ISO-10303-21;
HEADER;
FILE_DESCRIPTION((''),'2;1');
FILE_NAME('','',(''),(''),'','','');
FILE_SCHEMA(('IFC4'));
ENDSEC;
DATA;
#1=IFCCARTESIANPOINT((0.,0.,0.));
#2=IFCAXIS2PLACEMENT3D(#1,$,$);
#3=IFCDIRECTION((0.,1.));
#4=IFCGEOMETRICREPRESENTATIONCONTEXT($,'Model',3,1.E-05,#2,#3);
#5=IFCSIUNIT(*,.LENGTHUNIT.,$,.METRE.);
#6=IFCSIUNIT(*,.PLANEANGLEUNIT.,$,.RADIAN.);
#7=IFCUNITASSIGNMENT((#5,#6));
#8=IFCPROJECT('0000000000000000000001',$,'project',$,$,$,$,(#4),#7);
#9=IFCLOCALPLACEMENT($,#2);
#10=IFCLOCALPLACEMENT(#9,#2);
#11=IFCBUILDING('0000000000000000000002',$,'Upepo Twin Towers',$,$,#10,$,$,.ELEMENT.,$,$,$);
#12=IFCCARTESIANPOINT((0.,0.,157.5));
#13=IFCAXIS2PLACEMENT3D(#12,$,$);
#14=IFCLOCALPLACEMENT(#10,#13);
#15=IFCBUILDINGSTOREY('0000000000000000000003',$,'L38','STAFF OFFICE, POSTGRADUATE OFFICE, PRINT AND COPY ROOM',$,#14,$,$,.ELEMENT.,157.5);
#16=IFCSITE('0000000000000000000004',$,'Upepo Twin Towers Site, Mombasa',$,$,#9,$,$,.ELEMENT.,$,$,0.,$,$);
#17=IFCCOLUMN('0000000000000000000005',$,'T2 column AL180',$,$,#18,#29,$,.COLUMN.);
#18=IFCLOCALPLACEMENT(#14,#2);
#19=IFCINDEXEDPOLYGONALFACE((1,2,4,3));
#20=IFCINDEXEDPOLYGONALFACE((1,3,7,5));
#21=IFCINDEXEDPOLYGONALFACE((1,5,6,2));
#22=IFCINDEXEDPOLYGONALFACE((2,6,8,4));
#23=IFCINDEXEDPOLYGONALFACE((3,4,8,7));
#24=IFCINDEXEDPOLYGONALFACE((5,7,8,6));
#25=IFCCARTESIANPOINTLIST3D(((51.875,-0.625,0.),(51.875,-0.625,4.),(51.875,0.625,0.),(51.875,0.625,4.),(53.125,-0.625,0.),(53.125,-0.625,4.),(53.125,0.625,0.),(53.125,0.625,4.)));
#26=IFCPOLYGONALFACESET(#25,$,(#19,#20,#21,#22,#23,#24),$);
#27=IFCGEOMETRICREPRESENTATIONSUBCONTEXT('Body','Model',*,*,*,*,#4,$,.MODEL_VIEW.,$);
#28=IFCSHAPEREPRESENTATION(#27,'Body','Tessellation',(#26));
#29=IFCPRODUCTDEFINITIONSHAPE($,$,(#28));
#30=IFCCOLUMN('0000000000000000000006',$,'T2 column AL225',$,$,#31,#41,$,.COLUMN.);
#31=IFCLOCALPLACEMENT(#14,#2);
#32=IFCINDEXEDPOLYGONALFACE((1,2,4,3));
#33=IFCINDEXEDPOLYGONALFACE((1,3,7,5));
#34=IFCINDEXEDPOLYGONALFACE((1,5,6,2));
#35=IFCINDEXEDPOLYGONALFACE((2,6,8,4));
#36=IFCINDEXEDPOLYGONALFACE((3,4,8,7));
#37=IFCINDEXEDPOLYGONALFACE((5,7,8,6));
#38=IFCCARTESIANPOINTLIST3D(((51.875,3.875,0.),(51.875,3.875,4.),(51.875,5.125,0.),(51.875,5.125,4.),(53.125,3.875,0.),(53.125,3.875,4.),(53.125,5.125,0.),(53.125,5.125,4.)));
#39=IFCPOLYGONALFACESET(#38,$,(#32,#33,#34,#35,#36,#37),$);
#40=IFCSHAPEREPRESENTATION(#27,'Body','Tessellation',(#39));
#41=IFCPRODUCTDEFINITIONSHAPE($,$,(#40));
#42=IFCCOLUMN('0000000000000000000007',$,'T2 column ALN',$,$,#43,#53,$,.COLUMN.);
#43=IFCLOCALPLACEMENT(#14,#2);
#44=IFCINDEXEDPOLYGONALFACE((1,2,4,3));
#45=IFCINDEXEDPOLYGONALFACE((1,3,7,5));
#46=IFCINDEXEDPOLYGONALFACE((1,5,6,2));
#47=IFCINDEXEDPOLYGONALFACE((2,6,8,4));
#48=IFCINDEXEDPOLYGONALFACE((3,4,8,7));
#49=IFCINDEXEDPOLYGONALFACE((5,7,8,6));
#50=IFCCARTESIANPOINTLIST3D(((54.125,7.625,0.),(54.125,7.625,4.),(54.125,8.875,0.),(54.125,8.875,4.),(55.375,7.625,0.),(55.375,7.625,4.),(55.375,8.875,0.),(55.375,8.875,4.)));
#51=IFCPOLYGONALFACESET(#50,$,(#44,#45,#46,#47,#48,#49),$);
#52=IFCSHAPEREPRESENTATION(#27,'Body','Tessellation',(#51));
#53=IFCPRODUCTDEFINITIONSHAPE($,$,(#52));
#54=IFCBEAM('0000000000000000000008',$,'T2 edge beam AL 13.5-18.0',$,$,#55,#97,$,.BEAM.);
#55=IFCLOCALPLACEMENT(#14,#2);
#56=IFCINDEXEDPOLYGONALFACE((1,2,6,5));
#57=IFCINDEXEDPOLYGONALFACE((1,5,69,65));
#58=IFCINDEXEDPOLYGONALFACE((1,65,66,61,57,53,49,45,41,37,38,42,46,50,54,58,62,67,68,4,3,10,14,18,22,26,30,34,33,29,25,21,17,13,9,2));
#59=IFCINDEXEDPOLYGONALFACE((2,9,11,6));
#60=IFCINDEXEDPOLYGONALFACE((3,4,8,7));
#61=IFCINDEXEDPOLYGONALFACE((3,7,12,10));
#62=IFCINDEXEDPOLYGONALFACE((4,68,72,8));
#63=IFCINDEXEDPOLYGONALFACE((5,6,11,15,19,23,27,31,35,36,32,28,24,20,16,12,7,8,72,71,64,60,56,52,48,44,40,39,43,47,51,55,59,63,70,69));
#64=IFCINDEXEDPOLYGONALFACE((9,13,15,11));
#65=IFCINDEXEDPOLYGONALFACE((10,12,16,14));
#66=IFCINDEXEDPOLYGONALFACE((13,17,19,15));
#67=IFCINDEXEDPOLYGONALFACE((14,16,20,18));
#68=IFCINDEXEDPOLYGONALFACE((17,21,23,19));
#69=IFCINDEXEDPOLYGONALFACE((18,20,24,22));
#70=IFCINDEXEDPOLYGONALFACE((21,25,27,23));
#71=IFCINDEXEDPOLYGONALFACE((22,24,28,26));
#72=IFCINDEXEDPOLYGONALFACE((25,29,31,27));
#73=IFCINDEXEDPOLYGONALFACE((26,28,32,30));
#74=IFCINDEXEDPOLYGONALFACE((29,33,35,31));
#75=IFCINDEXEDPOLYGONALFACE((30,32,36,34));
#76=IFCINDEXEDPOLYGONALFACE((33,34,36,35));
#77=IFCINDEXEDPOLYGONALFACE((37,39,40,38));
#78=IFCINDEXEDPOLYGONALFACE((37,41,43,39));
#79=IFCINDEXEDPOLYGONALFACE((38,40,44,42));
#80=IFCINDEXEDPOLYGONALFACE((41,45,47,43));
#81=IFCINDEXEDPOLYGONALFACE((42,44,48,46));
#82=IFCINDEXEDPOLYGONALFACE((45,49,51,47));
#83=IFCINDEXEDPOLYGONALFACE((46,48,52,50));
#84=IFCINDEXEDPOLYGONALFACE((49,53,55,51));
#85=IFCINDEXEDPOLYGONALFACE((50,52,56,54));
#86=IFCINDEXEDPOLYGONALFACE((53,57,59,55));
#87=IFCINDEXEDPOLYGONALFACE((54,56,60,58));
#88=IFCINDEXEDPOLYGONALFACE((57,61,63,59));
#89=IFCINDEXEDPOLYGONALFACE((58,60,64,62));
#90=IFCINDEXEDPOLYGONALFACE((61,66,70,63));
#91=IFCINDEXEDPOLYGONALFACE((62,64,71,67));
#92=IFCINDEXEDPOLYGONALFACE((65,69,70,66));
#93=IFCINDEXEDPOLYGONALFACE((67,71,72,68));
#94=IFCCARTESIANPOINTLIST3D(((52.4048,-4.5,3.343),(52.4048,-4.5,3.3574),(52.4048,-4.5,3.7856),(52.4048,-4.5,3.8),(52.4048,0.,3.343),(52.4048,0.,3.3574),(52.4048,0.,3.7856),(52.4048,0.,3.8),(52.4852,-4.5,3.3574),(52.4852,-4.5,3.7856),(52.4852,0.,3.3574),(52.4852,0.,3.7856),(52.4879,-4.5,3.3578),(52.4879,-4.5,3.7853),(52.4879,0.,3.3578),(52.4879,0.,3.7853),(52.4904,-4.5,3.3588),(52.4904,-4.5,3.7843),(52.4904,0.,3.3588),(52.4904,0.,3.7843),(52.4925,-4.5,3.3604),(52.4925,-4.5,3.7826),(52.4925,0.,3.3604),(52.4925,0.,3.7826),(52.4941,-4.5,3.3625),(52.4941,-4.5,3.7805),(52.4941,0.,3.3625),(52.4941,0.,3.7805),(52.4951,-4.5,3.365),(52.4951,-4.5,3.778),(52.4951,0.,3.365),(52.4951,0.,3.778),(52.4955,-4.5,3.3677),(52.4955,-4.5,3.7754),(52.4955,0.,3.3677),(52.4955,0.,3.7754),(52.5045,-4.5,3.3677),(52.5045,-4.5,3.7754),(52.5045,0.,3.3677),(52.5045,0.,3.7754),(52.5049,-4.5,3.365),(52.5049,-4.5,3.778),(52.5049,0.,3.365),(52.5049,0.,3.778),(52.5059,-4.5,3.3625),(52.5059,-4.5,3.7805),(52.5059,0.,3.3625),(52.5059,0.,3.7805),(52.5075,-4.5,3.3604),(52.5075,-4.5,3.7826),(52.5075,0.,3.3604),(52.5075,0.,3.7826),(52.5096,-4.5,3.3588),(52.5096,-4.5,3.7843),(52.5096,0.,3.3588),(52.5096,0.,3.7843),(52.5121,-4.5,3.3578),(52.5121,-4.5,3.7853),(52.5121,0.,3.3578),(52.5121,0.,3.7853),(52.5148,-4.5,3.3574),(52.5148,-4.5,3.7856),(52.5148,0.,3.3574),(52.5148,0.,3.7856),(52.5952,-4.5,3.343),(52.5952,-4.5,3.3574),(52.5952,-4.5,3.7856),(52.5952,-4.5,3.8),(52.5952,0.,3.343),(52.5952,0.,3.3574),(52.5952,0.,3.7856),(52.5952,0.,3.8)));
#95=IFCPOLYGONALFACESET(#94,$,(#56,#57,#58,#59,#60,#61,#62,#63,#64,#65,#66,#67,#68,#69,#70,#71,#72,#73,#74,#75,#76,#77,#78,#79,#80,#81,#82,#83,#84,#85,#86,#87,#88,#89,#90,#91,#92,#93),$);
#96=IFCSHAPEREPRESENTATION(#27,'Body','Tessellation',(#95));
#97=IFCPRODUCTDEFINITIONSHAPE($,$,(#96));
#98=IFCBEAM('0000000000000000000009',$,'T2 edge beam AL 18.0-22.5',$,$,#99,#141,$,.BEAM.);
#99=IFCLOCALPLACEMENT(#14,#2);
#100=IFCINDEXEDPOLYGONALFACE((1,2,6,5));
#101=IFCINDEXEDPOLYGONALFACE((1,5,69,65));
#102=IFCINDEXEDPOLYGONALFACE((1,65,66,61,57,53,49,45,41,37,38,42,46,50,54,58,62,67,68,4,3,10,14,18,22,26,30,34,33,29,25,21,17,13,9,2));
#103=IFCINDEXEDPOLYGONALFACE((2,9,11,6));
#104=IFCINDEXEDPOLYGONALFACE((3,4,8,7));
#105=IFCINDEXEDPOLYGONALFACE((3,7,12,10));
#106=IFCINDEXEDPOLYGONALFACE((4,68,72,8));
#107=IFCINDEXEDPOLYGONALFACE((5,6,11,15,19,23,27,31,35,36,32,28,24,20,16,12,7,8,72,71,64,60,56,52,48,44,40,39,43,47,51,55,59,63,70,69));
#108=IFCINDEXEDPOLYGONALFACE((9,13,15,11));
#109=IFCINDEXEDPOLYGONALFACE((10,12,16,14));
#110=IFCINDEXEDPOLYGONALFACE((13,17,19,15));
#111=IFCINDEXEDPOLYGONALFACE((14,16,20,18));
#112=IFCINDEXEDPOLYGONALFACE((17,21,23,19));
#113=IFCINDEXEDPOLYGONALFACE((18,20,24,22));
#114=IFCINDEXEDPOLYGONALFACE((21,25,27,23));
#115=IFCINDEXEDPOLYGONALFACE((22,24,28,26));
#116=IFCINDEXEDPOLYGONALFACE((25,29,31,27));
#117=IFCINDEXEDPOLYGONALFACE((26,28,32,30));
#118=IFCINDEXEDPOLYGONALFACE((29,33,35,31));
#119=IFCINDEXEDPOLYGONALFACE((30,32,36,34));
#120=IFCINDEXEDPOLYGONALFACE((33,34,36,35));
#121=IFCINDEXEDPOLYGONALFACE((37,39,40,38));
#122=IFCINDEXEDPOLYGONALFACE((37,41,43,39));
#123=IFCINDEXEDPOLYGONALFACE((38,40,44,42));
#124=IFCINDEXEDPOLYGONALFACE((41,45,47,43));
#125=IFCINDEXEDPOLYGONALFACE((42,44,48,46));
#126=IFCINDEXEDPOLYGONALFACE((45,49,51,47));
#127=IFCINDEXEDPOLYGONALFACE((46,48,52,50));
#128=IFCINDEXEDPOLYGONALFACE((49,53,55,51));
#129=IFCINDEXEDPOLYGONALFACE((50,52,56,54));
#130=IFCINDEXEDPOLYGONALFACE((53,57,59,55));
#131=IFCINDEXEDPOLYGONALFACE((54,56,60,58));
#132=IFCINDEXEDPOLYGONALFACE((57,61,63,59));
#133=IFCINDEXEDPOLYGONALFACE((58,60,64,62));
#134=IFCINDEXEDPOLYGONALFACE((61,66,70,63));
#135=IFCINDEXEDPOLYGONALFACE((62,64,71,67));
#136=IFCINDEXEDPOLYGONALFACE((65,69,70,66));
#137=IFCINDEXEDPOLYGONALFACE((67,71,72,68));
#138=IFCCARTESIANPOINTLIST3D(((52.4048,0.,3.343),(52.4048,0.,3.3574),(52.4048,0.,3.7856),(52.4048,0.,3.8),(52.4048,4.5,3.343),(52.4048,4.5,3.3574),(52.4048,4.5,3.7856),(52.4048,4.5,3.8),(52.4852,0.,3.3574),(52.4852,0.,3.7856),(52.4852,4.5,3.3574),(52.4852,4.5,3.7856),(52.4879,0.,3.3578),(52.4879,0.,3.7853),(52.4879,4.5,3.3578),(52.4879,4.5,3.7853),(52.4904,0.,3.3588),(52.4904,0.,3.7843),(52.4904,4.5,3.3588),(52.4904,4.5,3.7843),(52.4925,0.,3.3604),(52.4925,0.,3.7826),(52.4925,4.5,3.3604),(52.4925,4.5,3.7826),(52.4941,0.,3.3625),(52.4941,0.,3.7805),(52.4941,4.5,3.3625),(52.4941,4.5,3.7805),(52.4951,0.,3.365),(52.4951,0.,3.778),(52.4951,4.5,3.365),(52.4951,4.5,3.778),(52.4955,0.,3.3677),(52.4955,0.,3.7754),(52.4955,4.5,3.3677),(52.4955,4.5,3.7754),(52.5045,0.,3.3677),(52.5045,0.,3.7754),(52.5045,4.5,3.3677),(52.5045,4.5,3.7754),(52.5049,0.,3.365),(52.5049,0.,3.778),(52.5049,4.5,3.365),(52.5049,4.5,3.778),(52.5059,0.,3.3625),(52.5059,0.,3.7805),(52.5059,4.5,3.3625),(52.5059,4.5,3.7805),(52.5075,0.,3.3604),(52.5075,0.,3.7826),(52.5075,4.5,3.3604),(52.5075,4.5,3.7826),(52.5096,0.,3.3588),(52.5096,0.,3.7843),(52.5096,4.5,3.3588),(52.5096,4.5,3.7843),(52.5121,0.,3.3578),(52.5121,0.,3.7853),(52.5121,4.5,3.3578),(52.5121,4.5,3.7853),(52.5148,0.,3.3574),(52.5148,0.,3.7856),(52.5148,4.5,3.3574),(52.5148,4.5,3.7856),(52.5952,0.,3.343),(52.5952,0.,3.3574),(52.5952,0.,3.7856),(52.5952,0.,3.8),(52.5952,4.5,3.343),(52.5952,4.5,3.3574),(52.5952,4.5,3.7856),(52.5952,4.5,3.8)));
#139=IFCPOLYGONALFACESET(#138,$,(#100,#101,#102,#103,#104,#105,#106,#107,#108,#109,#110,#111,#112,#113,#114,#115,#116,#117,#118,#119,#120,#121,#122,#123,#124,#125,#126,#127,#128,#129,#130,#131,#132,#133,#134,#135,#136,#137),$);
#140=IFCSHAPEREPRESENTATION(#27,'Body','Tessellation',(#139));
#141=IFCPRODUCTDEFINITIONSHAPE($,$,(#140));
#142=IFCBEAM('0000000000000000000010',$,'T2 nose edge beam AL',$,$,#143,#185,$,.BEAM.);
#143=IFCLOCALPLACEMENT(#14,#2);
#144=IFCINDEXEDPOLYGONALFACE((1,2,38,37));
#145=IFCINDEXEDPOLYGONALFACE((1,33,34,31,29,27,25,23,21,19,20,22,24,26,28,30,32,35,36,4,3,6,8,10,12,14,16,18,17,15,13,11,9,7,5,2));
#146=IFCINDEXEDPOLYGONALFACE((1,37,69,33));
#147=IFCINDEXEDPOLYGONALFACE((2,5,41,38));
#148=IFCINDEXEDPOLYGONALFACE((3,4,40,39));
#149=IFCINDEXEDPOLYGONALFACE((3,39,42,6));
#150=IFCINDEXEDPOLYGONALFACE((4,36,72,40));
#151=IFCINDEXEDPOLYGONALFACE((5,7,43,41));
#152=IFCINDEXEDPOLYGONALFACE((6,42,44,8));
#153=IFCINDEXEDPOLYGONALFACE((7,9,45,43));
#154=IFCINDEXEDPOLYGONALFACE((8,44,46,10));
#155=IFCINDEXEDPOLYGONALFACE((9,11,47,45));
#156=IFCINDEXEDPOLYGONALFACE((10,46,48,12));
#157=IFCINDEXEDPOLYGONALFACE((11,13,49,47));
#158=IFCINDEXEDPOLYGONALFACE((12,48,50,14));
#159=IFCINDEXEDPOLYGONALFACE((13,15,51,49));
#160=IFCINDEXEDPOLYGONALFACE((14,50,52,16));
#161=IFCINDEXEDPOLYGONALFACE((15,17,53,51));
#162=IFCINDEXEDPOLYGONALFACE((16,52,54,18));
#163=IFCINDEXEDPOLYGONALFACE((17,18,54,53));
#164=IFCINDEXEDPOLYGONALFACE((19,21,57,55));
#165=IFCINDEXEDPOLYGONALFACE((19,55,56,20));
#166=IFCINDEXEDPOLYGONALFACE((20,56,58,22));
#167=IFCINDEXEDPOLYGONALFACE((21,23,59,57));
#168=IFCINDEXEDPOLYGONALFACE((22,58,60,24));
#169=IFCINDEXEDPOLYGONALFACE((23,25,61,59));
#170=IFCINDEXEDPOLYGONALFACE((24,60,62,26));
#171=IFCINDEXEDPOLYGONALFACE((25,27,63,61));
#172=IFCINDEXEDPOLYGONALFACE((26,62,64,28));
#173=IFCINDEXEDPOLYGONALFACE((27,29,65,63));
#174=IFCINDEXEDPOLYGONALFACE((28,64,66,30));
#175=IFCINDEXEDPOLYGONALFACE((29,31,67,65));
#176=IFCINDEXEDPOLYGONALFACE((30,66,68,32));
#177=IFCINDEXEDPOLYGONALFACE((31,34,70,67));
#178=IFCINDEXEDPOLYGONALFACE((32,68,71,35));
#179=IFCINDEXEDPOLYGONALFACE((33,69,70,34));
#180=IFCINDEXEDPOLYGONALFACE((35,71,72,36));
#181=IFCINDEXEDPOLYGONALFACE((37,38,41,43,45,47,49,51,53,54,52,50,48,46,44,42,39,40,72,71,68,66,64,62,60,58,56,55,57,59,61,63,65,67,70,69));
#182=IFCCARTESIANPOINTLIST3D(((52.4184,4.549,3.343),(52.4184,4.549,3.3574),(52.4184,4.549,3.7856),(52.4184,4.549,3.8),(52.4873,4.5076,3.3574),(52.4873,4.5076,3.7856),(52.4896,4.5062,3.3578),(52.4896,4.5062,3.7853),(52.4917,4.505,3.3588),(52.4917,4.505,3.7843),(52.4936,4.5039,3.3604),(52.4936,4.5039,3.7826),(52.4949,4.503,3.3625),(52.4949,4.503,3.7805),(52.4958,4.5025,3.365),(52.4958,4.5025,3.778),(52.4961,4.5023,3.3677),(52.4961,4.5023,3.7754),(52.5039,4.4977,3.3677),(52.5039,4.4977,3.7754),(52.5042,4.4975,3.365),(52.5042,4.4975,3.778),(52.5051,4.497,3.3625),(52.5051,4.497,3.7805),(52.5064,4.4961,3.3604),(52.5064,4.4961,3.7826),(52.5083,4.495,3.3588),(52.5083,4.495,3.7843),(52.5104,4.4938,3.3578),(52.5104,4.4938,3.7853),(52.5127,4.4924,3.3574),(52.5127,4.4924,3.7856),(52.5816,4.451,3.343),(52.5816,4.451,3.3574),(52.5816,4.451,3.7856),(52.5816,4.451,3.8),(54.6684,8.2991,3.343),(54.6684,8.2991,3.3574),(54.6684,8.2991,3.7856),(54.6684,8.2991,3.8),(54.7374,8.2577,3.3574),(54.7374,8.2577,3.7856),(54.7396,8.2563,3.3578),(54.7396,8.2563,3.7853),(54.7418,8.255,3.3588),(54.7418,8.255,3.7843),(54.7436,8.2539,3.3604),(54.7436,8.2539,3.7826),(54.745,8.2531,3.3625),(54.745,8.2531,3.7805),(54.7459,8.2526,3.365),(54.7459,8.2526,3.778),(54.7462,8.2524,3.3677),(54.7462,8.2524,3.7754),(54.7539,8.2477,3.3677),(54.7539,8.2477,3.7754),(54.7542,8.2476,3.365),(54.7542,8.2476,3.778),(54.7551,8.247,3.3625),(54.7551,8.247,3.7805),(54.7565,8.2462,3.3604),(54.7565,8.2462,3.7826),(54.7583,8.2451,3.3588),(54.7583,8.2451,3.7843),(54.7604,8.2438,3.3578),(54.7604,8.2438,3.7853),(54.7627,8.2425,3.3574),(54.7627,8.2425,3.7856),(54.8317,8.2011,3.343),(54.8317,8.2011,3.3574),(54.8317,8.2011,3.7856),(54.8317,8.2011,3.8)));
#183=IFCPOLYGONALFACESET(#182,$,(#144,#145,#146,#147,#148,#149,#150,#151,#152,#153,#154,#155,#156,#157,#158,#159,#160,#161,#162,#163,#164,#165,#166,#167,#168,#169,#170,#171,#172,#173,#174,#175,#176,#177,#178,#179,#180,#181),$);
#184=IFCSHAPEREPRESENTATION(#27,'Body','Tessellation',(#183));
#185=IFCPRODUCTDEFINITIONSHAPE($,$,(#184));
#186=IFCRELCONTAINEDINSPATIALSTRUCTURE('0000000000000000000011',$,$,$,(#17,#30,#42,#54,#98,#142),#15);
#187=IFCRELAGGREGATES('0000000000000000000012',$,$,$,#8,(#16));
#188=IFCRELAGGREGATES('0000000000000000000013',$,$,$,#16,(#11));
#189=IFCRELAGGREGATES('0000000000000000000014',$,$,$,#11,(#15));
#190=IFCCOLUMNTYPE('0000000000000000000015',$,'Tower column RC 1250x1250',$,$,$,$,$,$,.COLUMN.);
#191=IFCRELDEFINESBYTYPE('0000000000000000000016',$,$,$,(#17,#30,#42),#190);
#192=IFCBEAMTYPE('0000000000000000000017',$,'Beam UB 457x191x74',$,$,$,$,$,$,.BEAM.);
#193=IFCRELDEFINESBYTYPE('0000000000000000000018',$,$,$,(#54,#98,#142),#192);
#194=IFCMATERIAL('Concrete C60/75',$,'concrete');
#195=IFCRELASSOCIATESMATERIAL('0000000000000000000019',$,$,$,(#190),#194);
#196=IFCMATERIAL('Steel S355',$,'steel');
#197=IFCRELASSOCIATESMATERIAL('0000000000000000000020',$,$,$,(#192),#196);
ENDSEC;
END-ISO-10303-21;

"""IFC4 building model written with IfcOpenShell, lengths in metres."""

from ifc_helpers import new_model, si_unit, direction, frame, origin, origin_2d, place, context, subcontext, project, spatial, rectangle, i_section, extrude, material, material_profile, profile_set, type_object, element, save


model = new_model("IFC4")

# Units and contexts
model_context = context("Model", 3, precision=1e-05, world=origin(), true_north=direction((0.0, 1.0)))
body_context = subcontext(model_context, "Body", "Model", "MODEL_VIEW")
ifc_project = project(units=[si_unit("LENGTHUNIT", "METRE"), si_unit("PLANEANGLEUNIT", "RADIAN")], contexts=[model_context])

# Site, building, storey
site_placement = place(None, origin())
site = spatial("IfcSite", under=ifc_project, at=site_placement, Name="Upepo Twin Towers Site, Mombasa", CompositionType="ELEMENT", RefElevation=0.0)
building_placement = place(site_placement, origin())
building = spatial("IfcBuilding", under=site, at=building_placement, Name="Upepo Twin Towers", CompositionType="ELEMENT")
storey_placement = place(building_placement, frame((0.0, 0.0, 157.5)))
storey = spatial("IfcBuildingStorey", under=building, at=storey_placement, Name="L38", Description="STAFF OFFICE, POSTGRADUATE OFFICE, PRINT AND COPY ROOM", CompositionType="ELEMENT", Elevation=157.5)

# Columns
ifc_material_1 = material(Name="Concrete C60/75", Category="concrete")
ifc_material_profile_1 = material_profile(ifc_material_1, rectangle(XDim=1.25, YDim=1.25, at=origin_2d()), Name="RC 1250x1250")
ifc_profile_set_1 = profile_set([ifc_material_profile_1], Name="Concrete C60/75")
column_type = type_object("IfcColumnType", Name="Tower column RC 1250x1250", PredefinedType="COLUMN", material=ifc_profile_set_1)
for number, where, z_axis, x_axis, name in (
    (1, (52.5, 0.0, 0.0), (0.0, 0.0, 1.0), (1.0, 0.0, 0.0), "T2 column AL180"),
    (2, (52.5, 4.5, 0.0), (0.0, 0.0, 1.0), (1.0, 0.0, 0.0), "T2 column AL225"),
    (3, (54.75, 8.25, 0.0), (0.0, 0.0, 1.0), (1.0, 0.0, 0.0), "T2 column ALN"),
):
    element("IfcColumn", number, at=place(storey_placement, frame(where, z_axis=z_axis, x_axis=x_axis)), inside=storey, type_object=column_type, Name=name, PredefinedType="COLUMN", context=body_context, shape_type="SweptSolid", body=[
        extrude(rectangle(XDim=1.25, YDim=1.25, at=origin_2d()), origin(), (0.0, 0.0, 1.0), 4.0),
    ])

# Beams
ifc_material_2 = material(Name="Steel S355", Category="steel")
ifc_material_profile_2 = material_profile(ifc_material_2, i_section(OverallWidth=0.1904, OverallDepth=0.457, WebThickness=0.009, FlangeThickness=0.0144, FilletRadius=0.0103, at=origin_2d()), Name="UB 457x191x74")
ifc_profile_set_2 = profile_set([ifc_material_profile_2], Name="Steel S355")
beam_type_1 = type_object("IfcBeamType", Name="Beam UB 457x191x74", PredefinedType="BEAM", material=ifc_profile_set_2)
for number, where, z_axis, x_axis, name in (
    (4, (52.5, -4.5, 3.5715), (0.0, 1.0, 0.0), (-1.0, 0.0, 0.0), "T2 edge beam AL 13.5-18.0"),
    (5, (52.5, 0.0, 3.5715), (0.0, 1.0, 0.0), (-1.0, 0.0, 0.0), "T2 edge beam AL 18.0-22.5"),
):
    element("IfcBeam", number, at=place(storey_placement, frame(where, z_axis=z_axis, x_axis=x_axis)), inside=storey, type_object=beam_type_1, Name=name, PredefinedType="BEAM", context=body_context, shape_type="SweptSolid", body=[
        extrude(i_section(OverallWidth=0.1904, OverallDepth=0.457, WebThickness=0.009, FlangeThickness=0.0144, FilletRadius=0.0103, at=origin_2d()), origin(), (0.0, 0.0, 1.0), 4.5),
    ])
beam_1_placement = place(storey_placement, frame((52.5, 4.5, 3.5715), z_axis=(0.514496, 0.857493, 0.0), x_axis=(-0.857493, 0.514496, 0.0)))
element("IfcBeam", 6, at=beam_1_placement, inside=storey, type_object=beam_type_1, Name="T2 nose edge beam AL", PredefinedType="BEAM", context=body_context, shape_type="SweptSolid", body=[
    extrude(i_section(OverallWidth=0.1904, OverallDepth=0.457, WebThickness=0.009, FlangeThickness=0.0144, FilletRadius=0.0103, at=origin_2d()), origin(), (0.0, 0.0, 1.0), 4.3733),
])

save(model, "model.ifc")
